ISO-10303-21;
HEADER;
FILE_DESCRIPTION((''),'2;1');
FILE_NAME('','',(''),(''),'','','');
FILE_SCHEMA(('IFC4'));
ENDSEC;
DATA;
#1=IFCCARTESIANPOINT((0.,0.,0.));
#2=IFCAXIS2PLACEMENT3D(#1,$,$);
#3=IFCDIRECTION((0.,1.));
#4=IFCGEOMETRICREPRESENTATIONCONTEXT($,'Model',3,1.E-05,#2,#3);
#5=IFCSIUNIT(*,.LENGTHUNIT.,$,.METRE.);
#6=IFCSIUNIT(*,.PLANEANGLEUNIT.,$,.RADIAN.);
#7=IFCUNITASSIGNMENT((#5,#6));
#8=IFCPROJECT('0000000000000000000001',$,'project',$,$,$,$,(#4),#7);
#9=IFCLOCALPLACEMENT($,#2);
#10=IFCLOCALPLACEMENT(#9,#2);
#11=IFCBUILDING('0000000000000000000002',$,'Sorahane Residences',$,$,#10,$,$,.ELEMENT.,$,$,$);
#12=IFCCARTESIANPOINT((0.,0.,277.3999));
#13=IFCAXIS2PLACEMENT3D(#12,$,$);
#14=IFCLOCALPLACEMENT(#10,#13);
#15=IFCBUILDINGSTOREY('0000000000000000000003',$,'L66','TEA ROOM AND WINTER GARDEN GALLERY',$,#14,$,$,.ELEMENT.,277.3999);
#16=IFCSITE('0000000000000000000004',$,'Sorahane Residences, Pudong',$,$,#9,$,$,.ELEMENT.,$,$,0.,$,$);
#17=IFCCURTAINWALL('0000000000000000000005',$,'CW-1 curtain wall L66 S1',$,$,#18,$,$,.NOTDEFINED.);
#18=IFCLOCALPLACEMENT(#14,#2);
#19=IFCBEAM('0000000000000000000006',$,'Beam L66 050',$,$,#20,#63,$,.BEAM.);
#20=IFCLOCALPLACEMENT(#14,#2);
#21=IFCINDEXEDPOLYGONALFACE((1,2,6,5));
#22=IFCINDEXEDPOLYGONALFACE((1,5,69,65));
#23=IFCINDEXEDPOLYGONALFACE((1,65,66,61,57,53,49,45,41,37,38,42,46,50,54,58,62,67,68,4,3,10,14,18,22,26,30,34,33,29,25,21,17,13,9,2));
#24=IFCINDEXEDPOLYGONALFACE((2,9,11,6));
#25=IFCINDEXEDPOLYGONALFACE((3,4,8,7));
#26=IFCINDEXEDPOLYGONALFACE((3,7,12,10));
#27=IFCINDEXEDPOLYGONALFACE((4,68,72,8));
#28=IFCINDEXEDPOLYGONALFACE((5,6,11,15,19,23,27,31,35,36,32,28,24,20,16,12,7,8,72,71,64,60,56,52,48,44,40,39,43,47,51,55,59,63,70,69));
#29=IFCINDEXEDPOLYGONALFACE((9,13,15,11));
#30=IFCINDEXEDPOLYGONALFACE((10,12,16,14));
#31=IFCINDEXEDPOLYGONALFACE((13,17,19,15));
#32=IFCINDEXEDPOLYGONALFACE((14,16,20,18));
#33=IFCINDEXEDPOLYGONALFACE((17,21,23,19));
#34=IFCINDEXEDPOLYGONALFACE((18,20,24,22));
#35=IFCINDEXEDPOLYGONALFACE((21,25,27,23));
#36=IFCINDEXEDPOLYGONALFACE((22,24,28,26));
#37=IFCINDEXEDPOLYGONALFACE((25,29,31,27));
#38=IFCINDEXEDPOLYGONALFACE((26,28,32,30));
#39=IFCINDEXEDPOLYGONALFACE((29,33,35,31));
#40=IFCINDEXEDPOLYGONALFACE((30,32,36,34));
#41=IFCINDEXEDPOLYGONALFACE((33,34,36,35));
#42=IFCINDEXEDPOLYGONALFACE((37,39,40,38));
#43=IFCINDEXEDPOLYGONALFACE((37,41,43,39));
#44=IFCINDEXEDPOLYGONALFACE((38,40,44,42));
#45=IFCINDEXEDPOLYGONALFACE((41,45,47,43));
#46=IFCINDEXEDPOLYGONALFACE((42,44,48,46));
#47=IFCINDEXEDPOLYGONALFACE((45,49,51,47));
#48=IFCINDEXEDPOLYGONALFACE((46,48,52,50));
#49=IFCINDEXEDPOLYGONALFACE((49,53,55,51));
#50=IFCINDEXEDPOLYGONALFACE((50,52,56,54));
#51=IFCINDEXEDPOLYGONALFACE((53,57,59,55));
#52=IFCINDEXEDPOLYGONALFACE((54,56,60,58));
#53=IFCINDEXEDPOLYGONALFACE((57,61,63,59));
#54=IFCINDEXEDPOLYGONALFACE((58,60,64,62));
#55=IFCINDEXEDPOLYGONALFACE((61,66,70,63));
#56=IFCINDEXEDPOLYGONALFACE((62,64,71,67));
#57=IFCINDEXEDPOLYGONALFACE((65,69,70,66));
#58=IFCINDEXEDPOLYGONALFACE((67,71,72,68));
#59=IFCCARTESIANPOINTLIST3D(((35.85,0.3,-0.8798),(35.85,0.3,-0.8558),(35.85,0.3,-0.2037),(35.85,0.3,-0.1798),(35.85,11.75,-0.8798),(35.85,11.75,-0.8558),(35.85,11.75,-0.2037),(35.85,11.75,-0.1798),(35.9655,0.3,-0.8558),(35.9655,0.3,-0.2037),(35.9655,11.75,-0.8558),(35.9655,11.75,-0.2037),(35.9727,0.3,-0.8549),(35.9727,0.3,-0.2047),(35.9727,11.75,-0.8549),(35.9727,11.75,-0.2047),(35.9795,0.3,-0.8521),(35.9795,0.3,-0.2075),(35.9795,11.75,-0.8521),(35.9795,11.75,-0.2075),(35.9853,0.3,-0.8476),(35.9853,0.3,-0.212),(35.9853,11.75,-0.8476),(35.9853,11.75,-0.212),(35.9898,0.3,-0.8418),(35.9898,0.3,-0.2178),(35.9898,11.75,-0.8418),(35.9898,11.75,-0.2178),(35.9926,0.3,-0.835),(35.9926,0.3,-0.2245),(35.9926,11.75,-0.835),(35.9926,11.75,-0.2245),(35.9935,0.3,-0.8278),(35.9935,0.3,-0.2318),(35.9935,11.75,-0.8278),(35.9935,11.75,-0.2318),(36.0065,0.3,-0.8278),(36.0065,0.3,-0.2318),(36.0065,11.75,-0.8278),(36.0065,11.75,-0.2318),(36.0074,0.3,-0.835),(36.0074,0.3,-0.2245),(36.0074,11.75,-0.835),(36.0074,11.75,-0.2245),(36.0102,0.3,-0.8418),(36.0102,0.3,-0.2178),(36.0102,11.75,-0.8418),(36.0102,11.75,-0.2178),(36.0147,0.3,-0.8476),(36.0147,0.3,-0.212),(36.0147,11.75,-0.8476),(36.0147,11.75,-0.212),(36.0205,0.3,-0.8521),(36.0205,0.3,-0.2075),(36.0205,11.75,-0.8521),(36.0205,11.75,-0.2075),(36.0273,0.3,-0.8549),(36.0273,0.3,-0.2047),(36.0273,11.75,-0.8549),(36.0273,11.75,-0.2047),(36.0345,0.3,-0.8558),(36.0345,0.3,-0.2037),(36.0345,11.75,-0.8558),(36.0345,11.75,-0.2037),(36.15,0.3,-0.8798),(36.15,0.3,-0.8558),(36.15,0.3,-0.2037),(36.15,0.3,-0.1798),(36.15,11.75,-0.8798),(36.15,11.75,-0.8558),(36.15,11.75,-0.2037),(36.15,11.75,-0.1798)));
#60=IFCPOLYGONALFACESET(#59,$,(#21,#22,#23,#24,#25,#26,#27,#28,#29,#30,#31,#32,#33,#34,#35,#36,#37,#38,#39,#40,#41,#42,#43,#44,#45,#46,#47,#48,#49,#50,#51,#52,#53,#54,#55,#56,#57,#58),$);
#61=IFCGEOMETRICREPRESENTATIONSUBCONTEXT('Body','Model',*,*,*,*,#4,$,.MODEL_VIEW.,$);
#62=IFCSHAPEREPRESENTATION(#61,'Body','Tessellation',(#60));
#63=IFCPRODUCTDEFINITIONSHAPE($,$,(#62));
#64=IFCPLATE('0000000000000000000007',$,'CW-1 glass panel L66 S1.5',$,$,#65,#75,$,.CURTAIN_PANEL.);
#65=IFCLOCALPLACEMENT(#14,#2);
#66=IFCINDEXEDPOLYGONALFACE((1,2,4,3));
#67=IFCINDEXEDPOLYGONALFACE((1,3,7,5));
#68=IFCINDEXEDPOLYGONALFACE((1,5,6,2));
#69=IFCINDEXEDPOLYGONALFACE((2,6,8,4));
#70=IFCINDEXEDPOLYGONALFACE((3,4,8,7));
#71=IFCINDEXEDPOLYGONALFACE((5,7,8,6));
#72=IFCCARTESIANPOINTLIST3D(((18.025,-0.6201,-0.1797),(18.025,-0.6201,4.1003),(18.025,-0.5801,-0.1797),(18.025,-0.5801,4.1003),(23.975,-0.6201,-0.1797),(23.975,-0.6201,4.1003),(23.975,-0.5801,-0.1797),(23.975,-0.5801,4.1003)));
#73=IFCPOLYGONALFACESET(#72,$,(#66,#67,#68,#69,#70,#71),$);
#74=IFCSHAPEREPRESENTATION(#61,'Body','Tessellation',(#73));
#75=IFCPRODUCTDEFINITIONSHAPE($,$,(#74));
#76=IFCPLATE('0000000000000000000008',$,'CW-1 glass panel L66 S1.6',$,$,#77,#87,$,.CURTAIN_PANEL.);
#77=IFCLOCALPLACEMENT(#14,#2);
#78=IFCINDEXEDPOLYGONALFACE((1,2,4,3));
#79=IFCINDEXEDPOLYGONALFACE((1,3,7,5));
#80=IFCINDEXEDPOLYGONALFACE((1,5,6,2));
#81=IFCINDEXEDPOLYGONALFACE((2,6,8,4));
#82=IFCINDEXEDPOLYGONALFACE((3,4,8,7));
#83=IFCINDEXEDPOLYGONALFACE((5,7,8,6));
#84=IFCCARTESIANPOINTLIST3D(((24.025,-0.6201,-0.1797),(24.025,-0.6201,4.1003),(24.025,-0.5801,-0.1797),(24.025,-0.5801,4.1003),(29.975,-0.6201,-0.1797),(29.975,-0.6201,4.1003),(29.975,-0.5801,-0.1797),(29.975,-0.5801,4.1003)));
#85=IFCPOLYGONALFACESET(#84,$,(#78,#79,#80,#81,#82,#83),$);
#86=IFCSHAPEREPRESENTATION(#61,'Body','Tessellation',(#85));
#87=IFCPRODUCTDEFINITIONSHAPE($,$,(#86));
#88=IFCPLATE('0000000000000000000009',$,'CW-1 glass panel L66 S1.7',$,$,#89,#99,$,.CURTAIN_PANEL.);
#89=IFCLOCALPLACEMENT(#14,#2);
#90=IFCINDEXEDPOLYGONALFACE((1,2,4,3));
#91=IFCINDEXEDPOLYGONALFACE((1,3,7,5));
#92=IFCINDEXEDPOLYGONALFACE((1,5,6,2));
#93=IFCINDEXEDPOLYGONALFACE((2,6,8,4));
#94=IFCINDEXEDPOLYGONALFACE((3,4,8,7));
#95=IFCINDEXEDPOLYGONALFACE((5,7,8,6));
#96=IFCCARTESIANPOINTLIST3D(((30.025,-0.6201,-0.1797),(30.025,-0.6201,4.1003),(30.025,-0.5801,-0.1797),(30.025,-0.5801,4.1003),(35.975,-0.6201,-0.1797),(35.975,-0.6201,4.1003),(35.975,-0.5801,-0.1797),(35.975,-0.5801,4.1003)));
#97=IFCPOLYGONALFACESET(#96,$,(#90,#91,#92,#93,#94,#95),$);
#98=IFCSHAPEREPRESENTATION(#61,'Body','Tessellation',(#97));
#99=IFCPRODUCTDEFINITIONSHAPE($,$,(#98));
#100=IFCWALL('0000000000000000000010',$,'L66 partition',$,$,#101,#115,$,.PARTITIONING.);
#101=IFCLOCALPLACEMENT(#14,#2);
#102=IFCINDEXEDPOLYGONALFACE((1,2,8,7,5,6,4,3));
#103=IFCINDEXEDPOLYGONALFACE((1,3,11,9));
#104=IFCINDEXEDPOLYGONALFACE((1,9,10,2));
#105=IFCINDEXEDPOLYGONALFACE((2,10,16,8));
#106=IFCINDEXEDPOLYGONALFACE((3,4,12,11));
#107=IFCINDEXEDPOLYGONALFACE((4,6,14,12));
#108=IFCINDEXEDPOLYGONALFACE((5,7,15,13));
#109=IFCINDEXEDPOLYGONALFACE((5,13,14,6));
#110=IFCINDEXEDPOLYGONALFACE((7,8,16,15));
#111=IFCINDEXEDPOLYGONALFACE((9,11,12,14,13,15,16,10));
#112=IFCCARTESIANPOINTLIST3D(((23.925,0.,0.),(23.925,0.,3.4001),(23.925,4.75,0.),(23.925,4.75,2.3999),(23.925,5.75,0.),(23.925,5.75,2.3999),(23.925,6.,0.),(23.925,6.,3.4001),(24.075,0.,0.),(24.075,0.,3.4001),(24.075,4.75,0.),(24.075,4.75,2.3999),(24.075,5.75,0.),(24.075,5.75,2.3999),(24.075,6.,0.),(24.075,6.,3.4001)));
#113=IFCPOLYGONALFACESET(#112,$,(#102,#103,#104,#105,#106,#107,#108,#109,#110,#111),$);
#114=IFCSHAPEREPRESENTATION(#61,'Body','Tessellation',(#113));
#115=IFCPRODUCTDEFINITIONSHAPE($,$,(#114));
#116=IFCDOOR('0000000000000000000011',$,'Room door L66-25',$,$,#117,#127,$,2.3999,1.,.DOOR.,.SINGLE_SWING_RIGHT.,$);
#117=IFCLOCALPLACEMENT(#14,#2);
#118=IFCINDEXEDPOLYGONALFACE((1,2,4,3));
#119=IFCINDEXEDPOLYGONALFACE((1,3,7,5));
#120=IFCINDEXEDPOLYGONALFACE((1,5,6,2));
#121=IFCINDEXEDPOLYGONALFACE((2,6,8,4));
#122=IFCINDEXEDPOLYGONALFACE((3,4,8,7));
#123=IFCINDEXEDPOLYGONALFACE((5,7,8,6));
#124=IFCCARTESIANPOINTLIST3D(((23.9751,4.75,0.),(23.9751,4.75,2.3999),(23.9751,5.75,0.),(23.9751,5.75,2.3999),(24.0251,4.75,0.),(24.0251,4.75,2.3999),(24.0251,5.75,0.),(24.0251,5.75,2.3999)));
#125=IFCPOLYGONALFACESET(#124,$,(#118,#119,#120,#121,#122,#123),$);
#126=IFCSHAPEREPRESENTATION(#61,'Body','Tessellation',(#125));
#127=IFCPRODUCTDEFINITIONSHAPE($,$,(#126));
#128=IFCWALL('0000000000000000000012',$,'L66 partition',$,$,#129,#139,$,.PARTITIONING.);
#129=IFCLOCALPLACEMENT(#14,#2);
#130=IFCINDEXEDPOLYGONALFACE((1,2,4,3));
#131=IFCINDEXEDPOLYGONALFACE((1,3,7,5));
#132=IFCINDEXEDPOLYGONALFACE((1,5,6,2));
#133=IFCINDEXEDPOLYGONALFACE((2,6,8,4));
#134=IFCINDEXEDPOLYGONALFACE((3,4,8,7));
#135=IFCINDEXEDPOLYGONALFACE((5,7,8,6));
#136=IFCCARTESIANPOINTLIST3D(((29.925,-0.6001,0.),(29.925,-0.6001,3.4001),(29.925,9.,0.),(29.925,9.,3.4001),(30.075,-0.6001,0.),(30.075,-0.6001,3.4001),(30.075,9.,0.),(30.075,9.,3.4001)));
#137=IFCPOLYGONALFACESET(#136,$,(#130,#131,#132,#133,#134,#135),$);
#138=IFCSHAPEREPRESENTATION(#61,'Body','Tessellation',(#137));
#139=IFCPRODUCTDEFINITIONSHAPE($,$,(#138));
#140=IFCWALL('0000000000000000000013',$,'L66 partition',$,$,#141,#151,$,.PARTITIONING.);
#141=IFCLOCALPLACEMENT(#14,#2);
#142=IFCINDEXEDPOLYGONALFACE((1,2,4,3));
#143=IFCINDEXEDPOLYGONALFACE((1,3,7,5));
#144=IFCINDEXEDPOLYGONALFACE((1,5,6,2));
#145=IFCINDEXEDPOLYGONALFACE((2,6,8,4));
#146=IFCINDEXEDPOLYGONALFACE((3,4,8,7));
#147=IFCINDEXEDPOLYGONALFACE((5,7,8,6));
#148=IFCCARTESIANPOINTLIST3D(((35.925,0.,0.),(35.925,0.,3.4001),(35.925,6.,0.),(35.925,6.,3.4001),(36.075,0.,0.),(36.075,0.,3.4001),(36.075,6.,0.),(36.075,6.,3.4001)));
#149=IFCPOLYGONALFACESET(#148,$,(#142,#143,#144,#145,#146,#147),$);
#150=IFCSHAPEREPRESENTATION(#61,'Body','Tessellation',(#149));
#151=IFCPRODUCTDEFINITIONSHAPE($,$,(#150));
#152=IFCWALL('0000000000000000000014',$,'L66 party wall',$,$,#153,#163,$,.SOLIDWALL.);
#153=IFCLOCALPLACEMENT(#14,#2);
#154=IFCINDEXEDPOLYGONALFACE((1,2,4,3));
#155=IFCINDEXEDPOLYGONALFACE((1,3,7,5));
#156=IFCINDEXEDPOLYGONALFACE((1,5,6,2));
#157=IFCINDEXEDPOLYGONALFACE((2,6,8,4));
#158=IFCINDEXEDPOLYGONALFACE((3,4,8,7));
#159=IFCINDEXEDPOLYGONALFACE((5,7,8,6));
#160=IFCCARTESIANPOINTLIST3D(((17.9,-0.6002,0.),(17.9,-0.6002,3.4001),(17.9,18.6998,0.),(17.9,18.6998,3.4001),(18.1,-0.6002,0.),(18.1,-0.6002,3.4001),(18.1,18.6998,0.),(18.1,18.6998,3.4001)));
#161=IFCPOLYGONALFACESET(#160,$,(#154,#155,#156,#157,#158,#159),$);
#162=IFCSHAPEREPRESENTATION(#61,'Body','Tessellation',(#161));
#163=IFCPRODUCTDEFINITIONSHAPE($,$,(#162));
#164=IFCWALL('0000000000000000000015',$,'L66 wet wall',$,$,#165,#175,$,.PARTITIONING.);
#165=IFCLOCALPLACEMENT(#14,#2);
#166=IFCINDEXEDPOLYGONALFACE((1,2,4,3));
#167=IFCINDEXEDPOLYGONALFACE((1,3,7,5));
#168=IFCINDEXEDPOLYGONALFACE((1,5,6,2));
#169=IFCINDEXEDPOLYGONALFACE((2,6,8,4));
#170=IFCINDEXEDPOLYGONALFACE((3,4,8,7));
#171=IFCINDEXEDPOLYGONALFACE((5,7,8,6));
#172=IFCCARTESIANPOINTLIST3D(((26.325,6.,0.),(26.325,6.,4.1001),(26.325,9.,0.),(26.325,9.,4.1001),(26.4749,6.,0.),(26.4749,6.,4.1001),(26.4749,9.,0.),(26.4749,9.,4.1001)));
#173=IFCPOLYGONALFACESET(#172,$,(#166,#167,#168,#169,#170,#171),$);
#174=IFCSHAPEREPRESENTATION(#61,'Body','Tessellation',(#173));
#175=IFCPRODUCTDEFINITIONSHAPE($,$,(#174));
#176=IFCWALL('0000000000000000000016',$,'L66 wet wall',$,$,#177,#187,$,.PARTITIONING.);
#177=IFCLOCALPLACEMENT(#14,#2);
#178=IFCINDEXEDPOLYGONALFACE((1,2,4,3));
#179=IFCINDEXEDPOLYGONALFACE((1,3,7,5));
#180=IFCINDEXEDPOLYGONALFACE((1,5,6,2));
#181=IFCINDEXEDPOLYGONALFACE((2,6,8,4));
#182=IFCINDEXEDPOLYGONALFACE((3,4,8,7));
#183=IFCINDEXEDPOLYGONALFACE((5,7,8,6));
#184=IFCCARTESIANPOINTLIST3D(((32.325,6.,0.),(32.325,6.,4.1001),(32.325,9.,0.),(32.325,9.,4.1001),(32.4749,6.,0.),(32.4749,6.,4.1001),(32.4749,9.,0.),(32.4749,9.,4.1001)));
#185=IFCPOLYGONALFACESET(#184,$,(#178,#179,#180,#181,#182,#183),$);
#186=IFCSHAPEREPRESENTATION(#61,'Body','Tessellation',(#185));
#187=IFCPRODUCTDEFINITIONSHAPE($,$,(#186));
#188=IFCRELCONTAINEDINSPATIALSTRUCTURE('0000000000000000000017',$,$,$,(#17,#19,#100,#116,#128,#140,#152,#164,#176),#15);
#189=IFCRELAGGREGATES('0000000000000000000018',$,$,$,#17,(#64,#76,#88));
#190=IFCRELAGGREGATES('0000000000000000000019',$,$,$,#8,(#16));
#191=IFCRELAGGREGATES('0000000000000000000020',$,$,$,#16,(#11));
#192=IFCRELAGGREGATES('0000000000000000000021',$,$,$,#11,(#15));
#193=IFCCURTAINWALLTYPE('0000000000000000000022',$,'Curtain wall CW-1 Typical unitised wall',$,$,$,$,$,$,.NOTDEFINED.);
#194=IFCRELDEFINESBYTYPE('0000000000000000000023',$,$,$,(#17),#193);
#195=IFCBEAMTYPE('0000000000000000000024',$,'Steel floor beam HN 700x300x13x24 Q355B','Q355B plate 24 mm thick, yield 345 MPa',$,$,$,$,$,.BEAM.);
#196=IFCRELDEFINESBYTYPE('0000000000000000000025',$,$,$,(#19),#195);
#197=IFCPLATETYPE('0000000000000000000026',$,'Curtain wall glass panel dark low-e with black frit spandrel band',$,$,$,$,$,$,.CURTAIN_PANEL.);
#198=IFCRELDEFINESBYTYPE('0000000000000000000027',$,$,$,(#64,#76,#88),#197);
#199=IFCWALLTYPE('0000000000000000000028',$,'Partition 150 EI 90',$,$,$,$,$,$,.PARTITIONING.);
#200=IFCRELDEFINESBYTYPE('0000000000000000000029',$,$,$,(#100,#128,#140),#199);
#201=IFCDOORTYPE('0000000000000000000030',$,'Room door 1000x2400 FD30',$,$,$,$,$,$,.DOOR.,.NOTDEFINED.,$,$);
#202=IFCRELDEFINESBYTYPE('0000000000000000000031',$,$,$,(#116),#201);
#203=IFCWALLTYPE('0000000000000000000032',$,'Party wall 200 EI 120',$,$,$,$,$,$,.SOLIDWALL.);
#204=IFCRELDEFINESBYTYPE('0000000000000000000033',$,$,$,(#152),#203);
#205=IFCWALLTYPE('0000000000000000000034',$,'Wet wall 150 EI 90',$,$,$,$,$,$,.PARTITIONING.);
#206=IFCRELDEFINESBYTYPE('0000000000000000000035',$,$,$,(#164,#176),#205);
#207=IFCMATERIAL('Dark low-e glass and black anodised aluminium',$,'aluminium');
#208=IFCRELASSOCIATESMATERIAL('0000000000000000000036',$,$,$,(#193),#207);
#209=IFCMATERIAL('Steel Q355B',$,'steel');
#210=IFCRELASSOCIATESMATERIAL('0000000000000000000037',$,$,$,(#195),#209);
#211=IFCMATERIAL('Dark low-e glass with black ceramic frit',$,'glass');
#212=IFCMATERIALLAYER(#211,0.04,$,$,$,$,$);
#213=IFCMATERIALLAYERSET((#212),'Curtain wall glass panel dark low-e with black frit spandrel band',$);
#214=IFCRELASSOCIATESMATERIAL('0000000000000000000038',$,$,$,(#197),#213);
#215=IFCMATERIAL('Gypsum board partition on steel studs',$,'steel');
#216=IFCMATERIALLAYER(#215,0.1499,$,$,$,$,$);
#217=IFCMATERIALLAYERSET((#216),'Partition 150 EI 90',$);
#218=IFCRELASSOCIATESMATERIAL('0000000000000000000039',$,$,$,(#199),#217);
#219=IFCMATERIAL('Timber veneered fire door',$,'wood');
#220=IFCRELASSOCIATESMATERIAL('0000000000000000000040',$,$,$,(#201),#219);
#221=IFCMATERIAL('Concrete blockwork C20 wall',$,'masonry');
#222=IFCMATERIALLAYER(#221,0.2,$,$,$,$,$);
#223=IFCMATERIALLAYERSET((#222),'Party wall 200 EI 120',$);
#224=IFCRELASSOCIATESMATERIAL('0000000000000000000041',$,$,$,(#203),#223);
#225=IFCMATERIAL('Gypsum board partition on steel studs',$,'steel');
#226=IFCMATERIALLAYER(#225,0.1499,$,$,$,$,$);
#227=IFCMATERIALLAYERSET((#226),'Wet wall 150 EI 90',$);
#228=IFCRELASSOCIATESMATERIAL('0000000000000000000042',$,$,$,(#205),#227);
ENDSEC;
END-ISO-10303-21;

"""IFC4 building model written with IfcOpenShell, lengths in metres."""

from ifc_helpers import new_model, si_unit, direction, frame, frame_2d, origin, origin_2d, place, context, subcontext, project, spatial, rectangle, i_section, extrude, material, layer, layer_set, material_profile, profile_set, type_object, element, fill, aggregate, save


model = new_model("IFC4")

# Units and contexts
model_context = context("Model", 3, precision=1e-05, world=origin(), true_north=direction((0.0, 1.0)))
body_context = subcontext(model_context, "Body", "Model", "MODEL_VIEW")
ifc_project = project(units=[si_unit("LENGTHUNIT", "METRE"), si_unit("PLANEANGLEUNIT", "RADIAN")], contexts=[model_context])

# Site, building, storey
site_placement = place(None, origin())
site = spatial("IfcSite", under=ifc_project, at=site_placement, Name="Sorahane Residences, Pudong", CompositionType="ELEMENT", RefElevation=0.0)
building_placement = place(site_placement, origin())
building = spatial("IfcBuilding", under=site, at=building_placement, Name="Sorahane Residences", CompositionType="ELEMENT")
storey_placement = place(building_placement, frame((0.0, 0.0, 277.3999)))
storey = spatial("IfcBuildingStorey", under=building, at=storey_placement, Name="L66", Description="TEA ROOM AND WINTER GARDEN GALLERY", CompositionType="ELEMENT", Elevation=277.3999)

# Curtain wall
ifc_material_1 = material(Name="Dark low-e glass and black anodised aluminium", Category="aluminium")
curtain_wall_type = type_object("IfcCurtainWallType", Name="Curtain wall CW-1 Typical unitised wall", PredefinedType="NOTDEFINED", material=ifc_material_1)
curtain_wall_placement = place(storey_placement, origin())
curtain_wall = element("IfcCurtainWall", 1, at=curtain_wall_placement, inside=storey, type_object=curtain_wall_type, Name="CW-1 curtain wall L66 S1", PredefinedType="NOTDEFINED")

# Beam
ifc_material_2 = material(Name="Steel Q355B", Category="steel")
ifc_material_profile_1 = material_profile(ifc_material_2, i_section(OverallWidth=0.3, OverallDepth=0.7, WebThickness=0.0129, FlangeThickness=0.0239, FilletRadius=0.0281, at=origin_2d()), Name="HN 700x300x13x24")
ifc_profile_set_1 = profile_set([ifc_material_profile_1], Name="Steel Q355B")
beam_type_1 = type_object("IfcBeamType", Name="Steel floor beam HN 700x300x13x24 Q355B", Description="Q355B plate 24 mm thick, yield 345 MPa", PredefinedType="BEAM", material=ifc_profile_set_1)
beam_1_placement = place(storey_placement, frame((36.0, 0.3, -0.5298), z_axis=(0.0, 1.0, 0.0), x_axis=(-1.0, 0.0, 0.0)))
element("IfcBeam", 2, at=beam_1_placement, inside=storey, type_object=beam_type_1, Name="Beam L66 050", PredefinedType="BEAM", context=body_context, shape_type="SweptSolid", body=[
    extrude(i_section(OverallWidth=0.3, OverallDepth=0.7, WebThickness=0.0129, FlangeThickness=0.0239, FilletRadius=0.0281, at=origin_2d()), origin(), (0.0, 0.0, 1.0), 11.45),
])

# Plates
ifc_material_3 = material(Name="Dark low-e glass with black ceramic frit", Category="glass")
ifc_layer_1 = layer(ifc_material_3, 0.04)
ifc_layer_set_1 = layer_set([ifc_layer_1], Name="Curtain wall glass panel dark low-e with black frit spandrel band")
plate_type = type_object("IfcPlateType", Name="Curtain wall glass panel dark low-e with black frit spandrel band", PredefinedType="CURTAIN_PANEL", material=ifc_layer_set_1)
plate_1_placement = place(storey_placement, frame((21.0, -0.6001, -0.1797), z_axis=(0.0, 0.0, 1.0), x_axis=(1.0, 0.0, 0.0)))
plate_1 = element("IfcPlate", 3, at=plate_1_placement, type_object=plate_type, Name="CW-1 glass panel L66 S1.5", PredefinedType="CURTAIN_PANEL", context=body_context, shape_type="SweptSolid", body=[
    extrude(rectangle(XDim=5.95, YDim=0.04, at=origin_2d()), origin(), (0.0, 0.0, 1.0), 4.28),
])
plate_2_placement = place(storey_placement, frame((27.0, -0.6001, -0.1797), z_axis=(0.0, 0.0, 1.0), x_axis=(1.0, 0.0, 0.0)))
plate_2 = element("IfcPlate", 4, at=plate_2_placement, type_object=plate_type, Name="CW-1 glass panel L66 S1.6", PredefinedType="CURTAIN_PANEL", context=body_context, shape_type="SweptSolid", body=[
    extrude(rectangle(XDim=5.95, YDim=0.04, at=origin_2d()), origin(), (0.0, 0.0, 1.0), 4.28),
])
plate_3_placement = place(storey_placement, frame((33.0, -0.6001, -0.1797), z_axis=(0.0, 0.0, 1.0), x_axis=(1.0, 0.0, 0.0)))
plate_3 = element("IfcPlate", 5, at=plate_3_placement, type_object=plate_type, Name="CW-1 glass panel L66 S1.7", PredefinedType="CURTAIN_PANEL", context=body_context, shape_type="SweptSolid", body=[
    extrude(rectangle(XDim=5.95, YDim=0.04, at=origin_2d()), origin(), (0.0, 0.0, 1.0), 4.28),
])
aggregate(curtain_wall, [plate_1, plate_2, plate_3])

# Wall, opening, door
ifc_material_4 = material(Name="Gypsum board partition on steel studs", Category="steel")
ifc_layer_2 = layer(ifc_material_4, 0.1499)
ifc_layer_set_2 = layer_set([ifc_layer_2], Name="Partition 150 EI 90")
wall_type_1 = type_object("IfcWallType", Name="Partition 150 EI 90", PredefinedType="PARTITIONING", material=ifc_layer_set_2)
wall_1_placement = place(storey_placement, frame((24.0, 0.0, 0.0), z_axis=(0.0, 0.0, 1.0), x_axis=(0.0, 1.0, 0.0)))
wall_1 = element("IfcWall", 6, at=wall_1_placement, inside=storey, type_object=wall_type_1, Name="L66 partition", PredefinedType="PARTITIONING", context=body_context, shape_type="SweptSolid", body=[
    extrude(rectangle(XDim=6.0, YDim=0.1499, at=frame_2d((3.0, 0.0))), origin(), (0.0, 0.0, 1.0), 3.4001),
])
opening_1_placement = place(wall_1_placement, frame((4.75, 0.0, 0.0)))
opening_1 = element("IfcOpeningElement", 7, at=opening_1_placement, cuts=wall_1, PredefinedType="OPENING", context=body_context, shape_type="SweptSolid", body=[
    extrude(rectangle(XDim=1.0, YDim=2.3999, at=frame_2d((0.5, 1.2))), frame((0.0, 0.085, 0.0), z_axis=(0.0, -1.0, 0.0), x_axis=(1.0, 0.0, 0.0)), (0.0, 0.0, 1.0), 0.1699),
])
ifc_material_5 = material(Name="Timber veneered fire door", Category="wood")
door_type_1 = type_object("IfcDoorType", Name="Room door 1000x2400 FD30", OperationType="NOTDEFINED", PredefinedType="DOOR", material=ifc_material_5)
door_1_placement = place(opening_1_placement, origin())
door_1 = element("IfcDoor", 8, at=door_1_placement, inside=storey, type_object=door_type_1, Name="Room door L66-25", OperationType="SINGLE_SWING_RIGHT", OverallHeight=2.3999, OverallWidth=1.0, PredefinedType="DOOR", context=body_context, shape_type="SweptSolid", body=[
    extrude(rectangle(XDim=1.0, YDim=2.3999, at=frame_2d((0.5, 1.2))), frame((0.0, 0.0249, 0.0), z_axis=(0.0, -1.0, 0.0), x_axis=(1.0, 0.0, 0.0)), (0.0, 0.0, 1.0), 0.05),
])
fill(opening_1, door_1)

# Walls
wall_2_placement = place(storey_placement, frame((30.0, -0.6001, 0.0), z_axis=(0.0, 0.0, 1.0), x_axis=(0.0, 1.0, 0.0)))
element("IfcWall", 9, at=wall_2_placement, inside=storey, type_object=wall_type_1, Name="L66 partition", PredefinedType="PARTITIONING", context=body_context, shape_type="SweptSolid", body=[
    extrude(rectangle(XDim=9.6001, YDim=0.1499, at=frame_2d((4.8, 0.0))), origin(), (0.0, 0.0, 1.0), 3.4001),
])
wall_3_placement = place(storey_placement, frame((36.0, 0.0, 0.0), z_axis=(0.0, 0.0, 1.0), x_axis=(0.0, 1.0, 0.0)))
element("IfcWall", 10, at=wall_3_placement, inside=storey, type_object=wall_type_1, Name="L66 partition", PredefinedType="PARTITIONING", context=body_context, shape_type="SweptSolid", body=[
    extrude(rectangle(XDim=6.0, YDim=0.1499, at=frame_2d((3.0, 0.0))), origin(), (0.0, 0.0, 1.0), 3.4001),
])

# Walls
ifc_material_6 = material(Name="Concrete blockwork C20 wall", Category="masonry")
ifc_layer_3 = layer(ifc_material_6, 0.2)
ifc_layer_set_3 = layer_set([ifc_layer_3], Name="Party wall 200 EI 120")
wall_type_2 = type_object("IfcWallType", Name="Party wall 200 EI 120", PredefinedType="SOLIDWALL", material=ifc_layer_set_3)
wall_4_placement = place(storey_placement, frame((18.0, -0.6001, 0.0), z_axis=(0.0, 0.0, 1.0), x_axis=(0.0, 1.0, 0.0)))
element("IfcWall", 11, at=wall_4_placement, inside=storey, type_object=wall_type_2, Name="L66 party wall", PredefinedType="SOLIDWALL", context=body_context, shape_type="SweptSolid", body=[
    extrude(rectangle(XDim=19.3, YDim=0.2, at=frame_2d((9.6499, 0.0))), origin(), (0.0, 0.0, 1.0), 3.4001),
])
ifc_material_7 = material(Name="Gypsum board partition on steel studs", Category="steel")
ifc_layer_4 = layer(ifc_material_7, 0.1499)
ifc_layer_set_4 = layer_set([ifc_layer_4], Name="Wet wall 150 EI 90")
wall_type_3 = type_object("IfcWallType", Name="Wet wall 150 EI 90", PredefinedType="PARTITIONING", material=ifc_layer_set_4)
for number, where, z_axis, x_axis, name in (
    (12, (26.3999, 6.0, 0.0), (0.0, 0.0, 1.0), (0.0, 1.0, 0.0), "L66 wet wall"),
    (13, (32.3999, 6.0, 0.0), (0.0, 0.0, 1.0), (0.0, 1.0, 0.0), "L66 wet wall"),
):
    element("IfcWall", number, at=place(storey_placement, frame(where, z_axis=z_axis, x_axis=x_axis)), inside=storey, type_object=wall_type_3, Name=name, PredefinedType="PARTITIONING", context=body_context, shape_type="SweptSolid", body=[
        extrude(rectangle(XDim=3.0, YDim=0.1499, at=frame_2d((1.5, 0.0))), origin(), (0.0, 0.0, 1.0), 4.1001),
    ])

save(model, "model.ifc")
